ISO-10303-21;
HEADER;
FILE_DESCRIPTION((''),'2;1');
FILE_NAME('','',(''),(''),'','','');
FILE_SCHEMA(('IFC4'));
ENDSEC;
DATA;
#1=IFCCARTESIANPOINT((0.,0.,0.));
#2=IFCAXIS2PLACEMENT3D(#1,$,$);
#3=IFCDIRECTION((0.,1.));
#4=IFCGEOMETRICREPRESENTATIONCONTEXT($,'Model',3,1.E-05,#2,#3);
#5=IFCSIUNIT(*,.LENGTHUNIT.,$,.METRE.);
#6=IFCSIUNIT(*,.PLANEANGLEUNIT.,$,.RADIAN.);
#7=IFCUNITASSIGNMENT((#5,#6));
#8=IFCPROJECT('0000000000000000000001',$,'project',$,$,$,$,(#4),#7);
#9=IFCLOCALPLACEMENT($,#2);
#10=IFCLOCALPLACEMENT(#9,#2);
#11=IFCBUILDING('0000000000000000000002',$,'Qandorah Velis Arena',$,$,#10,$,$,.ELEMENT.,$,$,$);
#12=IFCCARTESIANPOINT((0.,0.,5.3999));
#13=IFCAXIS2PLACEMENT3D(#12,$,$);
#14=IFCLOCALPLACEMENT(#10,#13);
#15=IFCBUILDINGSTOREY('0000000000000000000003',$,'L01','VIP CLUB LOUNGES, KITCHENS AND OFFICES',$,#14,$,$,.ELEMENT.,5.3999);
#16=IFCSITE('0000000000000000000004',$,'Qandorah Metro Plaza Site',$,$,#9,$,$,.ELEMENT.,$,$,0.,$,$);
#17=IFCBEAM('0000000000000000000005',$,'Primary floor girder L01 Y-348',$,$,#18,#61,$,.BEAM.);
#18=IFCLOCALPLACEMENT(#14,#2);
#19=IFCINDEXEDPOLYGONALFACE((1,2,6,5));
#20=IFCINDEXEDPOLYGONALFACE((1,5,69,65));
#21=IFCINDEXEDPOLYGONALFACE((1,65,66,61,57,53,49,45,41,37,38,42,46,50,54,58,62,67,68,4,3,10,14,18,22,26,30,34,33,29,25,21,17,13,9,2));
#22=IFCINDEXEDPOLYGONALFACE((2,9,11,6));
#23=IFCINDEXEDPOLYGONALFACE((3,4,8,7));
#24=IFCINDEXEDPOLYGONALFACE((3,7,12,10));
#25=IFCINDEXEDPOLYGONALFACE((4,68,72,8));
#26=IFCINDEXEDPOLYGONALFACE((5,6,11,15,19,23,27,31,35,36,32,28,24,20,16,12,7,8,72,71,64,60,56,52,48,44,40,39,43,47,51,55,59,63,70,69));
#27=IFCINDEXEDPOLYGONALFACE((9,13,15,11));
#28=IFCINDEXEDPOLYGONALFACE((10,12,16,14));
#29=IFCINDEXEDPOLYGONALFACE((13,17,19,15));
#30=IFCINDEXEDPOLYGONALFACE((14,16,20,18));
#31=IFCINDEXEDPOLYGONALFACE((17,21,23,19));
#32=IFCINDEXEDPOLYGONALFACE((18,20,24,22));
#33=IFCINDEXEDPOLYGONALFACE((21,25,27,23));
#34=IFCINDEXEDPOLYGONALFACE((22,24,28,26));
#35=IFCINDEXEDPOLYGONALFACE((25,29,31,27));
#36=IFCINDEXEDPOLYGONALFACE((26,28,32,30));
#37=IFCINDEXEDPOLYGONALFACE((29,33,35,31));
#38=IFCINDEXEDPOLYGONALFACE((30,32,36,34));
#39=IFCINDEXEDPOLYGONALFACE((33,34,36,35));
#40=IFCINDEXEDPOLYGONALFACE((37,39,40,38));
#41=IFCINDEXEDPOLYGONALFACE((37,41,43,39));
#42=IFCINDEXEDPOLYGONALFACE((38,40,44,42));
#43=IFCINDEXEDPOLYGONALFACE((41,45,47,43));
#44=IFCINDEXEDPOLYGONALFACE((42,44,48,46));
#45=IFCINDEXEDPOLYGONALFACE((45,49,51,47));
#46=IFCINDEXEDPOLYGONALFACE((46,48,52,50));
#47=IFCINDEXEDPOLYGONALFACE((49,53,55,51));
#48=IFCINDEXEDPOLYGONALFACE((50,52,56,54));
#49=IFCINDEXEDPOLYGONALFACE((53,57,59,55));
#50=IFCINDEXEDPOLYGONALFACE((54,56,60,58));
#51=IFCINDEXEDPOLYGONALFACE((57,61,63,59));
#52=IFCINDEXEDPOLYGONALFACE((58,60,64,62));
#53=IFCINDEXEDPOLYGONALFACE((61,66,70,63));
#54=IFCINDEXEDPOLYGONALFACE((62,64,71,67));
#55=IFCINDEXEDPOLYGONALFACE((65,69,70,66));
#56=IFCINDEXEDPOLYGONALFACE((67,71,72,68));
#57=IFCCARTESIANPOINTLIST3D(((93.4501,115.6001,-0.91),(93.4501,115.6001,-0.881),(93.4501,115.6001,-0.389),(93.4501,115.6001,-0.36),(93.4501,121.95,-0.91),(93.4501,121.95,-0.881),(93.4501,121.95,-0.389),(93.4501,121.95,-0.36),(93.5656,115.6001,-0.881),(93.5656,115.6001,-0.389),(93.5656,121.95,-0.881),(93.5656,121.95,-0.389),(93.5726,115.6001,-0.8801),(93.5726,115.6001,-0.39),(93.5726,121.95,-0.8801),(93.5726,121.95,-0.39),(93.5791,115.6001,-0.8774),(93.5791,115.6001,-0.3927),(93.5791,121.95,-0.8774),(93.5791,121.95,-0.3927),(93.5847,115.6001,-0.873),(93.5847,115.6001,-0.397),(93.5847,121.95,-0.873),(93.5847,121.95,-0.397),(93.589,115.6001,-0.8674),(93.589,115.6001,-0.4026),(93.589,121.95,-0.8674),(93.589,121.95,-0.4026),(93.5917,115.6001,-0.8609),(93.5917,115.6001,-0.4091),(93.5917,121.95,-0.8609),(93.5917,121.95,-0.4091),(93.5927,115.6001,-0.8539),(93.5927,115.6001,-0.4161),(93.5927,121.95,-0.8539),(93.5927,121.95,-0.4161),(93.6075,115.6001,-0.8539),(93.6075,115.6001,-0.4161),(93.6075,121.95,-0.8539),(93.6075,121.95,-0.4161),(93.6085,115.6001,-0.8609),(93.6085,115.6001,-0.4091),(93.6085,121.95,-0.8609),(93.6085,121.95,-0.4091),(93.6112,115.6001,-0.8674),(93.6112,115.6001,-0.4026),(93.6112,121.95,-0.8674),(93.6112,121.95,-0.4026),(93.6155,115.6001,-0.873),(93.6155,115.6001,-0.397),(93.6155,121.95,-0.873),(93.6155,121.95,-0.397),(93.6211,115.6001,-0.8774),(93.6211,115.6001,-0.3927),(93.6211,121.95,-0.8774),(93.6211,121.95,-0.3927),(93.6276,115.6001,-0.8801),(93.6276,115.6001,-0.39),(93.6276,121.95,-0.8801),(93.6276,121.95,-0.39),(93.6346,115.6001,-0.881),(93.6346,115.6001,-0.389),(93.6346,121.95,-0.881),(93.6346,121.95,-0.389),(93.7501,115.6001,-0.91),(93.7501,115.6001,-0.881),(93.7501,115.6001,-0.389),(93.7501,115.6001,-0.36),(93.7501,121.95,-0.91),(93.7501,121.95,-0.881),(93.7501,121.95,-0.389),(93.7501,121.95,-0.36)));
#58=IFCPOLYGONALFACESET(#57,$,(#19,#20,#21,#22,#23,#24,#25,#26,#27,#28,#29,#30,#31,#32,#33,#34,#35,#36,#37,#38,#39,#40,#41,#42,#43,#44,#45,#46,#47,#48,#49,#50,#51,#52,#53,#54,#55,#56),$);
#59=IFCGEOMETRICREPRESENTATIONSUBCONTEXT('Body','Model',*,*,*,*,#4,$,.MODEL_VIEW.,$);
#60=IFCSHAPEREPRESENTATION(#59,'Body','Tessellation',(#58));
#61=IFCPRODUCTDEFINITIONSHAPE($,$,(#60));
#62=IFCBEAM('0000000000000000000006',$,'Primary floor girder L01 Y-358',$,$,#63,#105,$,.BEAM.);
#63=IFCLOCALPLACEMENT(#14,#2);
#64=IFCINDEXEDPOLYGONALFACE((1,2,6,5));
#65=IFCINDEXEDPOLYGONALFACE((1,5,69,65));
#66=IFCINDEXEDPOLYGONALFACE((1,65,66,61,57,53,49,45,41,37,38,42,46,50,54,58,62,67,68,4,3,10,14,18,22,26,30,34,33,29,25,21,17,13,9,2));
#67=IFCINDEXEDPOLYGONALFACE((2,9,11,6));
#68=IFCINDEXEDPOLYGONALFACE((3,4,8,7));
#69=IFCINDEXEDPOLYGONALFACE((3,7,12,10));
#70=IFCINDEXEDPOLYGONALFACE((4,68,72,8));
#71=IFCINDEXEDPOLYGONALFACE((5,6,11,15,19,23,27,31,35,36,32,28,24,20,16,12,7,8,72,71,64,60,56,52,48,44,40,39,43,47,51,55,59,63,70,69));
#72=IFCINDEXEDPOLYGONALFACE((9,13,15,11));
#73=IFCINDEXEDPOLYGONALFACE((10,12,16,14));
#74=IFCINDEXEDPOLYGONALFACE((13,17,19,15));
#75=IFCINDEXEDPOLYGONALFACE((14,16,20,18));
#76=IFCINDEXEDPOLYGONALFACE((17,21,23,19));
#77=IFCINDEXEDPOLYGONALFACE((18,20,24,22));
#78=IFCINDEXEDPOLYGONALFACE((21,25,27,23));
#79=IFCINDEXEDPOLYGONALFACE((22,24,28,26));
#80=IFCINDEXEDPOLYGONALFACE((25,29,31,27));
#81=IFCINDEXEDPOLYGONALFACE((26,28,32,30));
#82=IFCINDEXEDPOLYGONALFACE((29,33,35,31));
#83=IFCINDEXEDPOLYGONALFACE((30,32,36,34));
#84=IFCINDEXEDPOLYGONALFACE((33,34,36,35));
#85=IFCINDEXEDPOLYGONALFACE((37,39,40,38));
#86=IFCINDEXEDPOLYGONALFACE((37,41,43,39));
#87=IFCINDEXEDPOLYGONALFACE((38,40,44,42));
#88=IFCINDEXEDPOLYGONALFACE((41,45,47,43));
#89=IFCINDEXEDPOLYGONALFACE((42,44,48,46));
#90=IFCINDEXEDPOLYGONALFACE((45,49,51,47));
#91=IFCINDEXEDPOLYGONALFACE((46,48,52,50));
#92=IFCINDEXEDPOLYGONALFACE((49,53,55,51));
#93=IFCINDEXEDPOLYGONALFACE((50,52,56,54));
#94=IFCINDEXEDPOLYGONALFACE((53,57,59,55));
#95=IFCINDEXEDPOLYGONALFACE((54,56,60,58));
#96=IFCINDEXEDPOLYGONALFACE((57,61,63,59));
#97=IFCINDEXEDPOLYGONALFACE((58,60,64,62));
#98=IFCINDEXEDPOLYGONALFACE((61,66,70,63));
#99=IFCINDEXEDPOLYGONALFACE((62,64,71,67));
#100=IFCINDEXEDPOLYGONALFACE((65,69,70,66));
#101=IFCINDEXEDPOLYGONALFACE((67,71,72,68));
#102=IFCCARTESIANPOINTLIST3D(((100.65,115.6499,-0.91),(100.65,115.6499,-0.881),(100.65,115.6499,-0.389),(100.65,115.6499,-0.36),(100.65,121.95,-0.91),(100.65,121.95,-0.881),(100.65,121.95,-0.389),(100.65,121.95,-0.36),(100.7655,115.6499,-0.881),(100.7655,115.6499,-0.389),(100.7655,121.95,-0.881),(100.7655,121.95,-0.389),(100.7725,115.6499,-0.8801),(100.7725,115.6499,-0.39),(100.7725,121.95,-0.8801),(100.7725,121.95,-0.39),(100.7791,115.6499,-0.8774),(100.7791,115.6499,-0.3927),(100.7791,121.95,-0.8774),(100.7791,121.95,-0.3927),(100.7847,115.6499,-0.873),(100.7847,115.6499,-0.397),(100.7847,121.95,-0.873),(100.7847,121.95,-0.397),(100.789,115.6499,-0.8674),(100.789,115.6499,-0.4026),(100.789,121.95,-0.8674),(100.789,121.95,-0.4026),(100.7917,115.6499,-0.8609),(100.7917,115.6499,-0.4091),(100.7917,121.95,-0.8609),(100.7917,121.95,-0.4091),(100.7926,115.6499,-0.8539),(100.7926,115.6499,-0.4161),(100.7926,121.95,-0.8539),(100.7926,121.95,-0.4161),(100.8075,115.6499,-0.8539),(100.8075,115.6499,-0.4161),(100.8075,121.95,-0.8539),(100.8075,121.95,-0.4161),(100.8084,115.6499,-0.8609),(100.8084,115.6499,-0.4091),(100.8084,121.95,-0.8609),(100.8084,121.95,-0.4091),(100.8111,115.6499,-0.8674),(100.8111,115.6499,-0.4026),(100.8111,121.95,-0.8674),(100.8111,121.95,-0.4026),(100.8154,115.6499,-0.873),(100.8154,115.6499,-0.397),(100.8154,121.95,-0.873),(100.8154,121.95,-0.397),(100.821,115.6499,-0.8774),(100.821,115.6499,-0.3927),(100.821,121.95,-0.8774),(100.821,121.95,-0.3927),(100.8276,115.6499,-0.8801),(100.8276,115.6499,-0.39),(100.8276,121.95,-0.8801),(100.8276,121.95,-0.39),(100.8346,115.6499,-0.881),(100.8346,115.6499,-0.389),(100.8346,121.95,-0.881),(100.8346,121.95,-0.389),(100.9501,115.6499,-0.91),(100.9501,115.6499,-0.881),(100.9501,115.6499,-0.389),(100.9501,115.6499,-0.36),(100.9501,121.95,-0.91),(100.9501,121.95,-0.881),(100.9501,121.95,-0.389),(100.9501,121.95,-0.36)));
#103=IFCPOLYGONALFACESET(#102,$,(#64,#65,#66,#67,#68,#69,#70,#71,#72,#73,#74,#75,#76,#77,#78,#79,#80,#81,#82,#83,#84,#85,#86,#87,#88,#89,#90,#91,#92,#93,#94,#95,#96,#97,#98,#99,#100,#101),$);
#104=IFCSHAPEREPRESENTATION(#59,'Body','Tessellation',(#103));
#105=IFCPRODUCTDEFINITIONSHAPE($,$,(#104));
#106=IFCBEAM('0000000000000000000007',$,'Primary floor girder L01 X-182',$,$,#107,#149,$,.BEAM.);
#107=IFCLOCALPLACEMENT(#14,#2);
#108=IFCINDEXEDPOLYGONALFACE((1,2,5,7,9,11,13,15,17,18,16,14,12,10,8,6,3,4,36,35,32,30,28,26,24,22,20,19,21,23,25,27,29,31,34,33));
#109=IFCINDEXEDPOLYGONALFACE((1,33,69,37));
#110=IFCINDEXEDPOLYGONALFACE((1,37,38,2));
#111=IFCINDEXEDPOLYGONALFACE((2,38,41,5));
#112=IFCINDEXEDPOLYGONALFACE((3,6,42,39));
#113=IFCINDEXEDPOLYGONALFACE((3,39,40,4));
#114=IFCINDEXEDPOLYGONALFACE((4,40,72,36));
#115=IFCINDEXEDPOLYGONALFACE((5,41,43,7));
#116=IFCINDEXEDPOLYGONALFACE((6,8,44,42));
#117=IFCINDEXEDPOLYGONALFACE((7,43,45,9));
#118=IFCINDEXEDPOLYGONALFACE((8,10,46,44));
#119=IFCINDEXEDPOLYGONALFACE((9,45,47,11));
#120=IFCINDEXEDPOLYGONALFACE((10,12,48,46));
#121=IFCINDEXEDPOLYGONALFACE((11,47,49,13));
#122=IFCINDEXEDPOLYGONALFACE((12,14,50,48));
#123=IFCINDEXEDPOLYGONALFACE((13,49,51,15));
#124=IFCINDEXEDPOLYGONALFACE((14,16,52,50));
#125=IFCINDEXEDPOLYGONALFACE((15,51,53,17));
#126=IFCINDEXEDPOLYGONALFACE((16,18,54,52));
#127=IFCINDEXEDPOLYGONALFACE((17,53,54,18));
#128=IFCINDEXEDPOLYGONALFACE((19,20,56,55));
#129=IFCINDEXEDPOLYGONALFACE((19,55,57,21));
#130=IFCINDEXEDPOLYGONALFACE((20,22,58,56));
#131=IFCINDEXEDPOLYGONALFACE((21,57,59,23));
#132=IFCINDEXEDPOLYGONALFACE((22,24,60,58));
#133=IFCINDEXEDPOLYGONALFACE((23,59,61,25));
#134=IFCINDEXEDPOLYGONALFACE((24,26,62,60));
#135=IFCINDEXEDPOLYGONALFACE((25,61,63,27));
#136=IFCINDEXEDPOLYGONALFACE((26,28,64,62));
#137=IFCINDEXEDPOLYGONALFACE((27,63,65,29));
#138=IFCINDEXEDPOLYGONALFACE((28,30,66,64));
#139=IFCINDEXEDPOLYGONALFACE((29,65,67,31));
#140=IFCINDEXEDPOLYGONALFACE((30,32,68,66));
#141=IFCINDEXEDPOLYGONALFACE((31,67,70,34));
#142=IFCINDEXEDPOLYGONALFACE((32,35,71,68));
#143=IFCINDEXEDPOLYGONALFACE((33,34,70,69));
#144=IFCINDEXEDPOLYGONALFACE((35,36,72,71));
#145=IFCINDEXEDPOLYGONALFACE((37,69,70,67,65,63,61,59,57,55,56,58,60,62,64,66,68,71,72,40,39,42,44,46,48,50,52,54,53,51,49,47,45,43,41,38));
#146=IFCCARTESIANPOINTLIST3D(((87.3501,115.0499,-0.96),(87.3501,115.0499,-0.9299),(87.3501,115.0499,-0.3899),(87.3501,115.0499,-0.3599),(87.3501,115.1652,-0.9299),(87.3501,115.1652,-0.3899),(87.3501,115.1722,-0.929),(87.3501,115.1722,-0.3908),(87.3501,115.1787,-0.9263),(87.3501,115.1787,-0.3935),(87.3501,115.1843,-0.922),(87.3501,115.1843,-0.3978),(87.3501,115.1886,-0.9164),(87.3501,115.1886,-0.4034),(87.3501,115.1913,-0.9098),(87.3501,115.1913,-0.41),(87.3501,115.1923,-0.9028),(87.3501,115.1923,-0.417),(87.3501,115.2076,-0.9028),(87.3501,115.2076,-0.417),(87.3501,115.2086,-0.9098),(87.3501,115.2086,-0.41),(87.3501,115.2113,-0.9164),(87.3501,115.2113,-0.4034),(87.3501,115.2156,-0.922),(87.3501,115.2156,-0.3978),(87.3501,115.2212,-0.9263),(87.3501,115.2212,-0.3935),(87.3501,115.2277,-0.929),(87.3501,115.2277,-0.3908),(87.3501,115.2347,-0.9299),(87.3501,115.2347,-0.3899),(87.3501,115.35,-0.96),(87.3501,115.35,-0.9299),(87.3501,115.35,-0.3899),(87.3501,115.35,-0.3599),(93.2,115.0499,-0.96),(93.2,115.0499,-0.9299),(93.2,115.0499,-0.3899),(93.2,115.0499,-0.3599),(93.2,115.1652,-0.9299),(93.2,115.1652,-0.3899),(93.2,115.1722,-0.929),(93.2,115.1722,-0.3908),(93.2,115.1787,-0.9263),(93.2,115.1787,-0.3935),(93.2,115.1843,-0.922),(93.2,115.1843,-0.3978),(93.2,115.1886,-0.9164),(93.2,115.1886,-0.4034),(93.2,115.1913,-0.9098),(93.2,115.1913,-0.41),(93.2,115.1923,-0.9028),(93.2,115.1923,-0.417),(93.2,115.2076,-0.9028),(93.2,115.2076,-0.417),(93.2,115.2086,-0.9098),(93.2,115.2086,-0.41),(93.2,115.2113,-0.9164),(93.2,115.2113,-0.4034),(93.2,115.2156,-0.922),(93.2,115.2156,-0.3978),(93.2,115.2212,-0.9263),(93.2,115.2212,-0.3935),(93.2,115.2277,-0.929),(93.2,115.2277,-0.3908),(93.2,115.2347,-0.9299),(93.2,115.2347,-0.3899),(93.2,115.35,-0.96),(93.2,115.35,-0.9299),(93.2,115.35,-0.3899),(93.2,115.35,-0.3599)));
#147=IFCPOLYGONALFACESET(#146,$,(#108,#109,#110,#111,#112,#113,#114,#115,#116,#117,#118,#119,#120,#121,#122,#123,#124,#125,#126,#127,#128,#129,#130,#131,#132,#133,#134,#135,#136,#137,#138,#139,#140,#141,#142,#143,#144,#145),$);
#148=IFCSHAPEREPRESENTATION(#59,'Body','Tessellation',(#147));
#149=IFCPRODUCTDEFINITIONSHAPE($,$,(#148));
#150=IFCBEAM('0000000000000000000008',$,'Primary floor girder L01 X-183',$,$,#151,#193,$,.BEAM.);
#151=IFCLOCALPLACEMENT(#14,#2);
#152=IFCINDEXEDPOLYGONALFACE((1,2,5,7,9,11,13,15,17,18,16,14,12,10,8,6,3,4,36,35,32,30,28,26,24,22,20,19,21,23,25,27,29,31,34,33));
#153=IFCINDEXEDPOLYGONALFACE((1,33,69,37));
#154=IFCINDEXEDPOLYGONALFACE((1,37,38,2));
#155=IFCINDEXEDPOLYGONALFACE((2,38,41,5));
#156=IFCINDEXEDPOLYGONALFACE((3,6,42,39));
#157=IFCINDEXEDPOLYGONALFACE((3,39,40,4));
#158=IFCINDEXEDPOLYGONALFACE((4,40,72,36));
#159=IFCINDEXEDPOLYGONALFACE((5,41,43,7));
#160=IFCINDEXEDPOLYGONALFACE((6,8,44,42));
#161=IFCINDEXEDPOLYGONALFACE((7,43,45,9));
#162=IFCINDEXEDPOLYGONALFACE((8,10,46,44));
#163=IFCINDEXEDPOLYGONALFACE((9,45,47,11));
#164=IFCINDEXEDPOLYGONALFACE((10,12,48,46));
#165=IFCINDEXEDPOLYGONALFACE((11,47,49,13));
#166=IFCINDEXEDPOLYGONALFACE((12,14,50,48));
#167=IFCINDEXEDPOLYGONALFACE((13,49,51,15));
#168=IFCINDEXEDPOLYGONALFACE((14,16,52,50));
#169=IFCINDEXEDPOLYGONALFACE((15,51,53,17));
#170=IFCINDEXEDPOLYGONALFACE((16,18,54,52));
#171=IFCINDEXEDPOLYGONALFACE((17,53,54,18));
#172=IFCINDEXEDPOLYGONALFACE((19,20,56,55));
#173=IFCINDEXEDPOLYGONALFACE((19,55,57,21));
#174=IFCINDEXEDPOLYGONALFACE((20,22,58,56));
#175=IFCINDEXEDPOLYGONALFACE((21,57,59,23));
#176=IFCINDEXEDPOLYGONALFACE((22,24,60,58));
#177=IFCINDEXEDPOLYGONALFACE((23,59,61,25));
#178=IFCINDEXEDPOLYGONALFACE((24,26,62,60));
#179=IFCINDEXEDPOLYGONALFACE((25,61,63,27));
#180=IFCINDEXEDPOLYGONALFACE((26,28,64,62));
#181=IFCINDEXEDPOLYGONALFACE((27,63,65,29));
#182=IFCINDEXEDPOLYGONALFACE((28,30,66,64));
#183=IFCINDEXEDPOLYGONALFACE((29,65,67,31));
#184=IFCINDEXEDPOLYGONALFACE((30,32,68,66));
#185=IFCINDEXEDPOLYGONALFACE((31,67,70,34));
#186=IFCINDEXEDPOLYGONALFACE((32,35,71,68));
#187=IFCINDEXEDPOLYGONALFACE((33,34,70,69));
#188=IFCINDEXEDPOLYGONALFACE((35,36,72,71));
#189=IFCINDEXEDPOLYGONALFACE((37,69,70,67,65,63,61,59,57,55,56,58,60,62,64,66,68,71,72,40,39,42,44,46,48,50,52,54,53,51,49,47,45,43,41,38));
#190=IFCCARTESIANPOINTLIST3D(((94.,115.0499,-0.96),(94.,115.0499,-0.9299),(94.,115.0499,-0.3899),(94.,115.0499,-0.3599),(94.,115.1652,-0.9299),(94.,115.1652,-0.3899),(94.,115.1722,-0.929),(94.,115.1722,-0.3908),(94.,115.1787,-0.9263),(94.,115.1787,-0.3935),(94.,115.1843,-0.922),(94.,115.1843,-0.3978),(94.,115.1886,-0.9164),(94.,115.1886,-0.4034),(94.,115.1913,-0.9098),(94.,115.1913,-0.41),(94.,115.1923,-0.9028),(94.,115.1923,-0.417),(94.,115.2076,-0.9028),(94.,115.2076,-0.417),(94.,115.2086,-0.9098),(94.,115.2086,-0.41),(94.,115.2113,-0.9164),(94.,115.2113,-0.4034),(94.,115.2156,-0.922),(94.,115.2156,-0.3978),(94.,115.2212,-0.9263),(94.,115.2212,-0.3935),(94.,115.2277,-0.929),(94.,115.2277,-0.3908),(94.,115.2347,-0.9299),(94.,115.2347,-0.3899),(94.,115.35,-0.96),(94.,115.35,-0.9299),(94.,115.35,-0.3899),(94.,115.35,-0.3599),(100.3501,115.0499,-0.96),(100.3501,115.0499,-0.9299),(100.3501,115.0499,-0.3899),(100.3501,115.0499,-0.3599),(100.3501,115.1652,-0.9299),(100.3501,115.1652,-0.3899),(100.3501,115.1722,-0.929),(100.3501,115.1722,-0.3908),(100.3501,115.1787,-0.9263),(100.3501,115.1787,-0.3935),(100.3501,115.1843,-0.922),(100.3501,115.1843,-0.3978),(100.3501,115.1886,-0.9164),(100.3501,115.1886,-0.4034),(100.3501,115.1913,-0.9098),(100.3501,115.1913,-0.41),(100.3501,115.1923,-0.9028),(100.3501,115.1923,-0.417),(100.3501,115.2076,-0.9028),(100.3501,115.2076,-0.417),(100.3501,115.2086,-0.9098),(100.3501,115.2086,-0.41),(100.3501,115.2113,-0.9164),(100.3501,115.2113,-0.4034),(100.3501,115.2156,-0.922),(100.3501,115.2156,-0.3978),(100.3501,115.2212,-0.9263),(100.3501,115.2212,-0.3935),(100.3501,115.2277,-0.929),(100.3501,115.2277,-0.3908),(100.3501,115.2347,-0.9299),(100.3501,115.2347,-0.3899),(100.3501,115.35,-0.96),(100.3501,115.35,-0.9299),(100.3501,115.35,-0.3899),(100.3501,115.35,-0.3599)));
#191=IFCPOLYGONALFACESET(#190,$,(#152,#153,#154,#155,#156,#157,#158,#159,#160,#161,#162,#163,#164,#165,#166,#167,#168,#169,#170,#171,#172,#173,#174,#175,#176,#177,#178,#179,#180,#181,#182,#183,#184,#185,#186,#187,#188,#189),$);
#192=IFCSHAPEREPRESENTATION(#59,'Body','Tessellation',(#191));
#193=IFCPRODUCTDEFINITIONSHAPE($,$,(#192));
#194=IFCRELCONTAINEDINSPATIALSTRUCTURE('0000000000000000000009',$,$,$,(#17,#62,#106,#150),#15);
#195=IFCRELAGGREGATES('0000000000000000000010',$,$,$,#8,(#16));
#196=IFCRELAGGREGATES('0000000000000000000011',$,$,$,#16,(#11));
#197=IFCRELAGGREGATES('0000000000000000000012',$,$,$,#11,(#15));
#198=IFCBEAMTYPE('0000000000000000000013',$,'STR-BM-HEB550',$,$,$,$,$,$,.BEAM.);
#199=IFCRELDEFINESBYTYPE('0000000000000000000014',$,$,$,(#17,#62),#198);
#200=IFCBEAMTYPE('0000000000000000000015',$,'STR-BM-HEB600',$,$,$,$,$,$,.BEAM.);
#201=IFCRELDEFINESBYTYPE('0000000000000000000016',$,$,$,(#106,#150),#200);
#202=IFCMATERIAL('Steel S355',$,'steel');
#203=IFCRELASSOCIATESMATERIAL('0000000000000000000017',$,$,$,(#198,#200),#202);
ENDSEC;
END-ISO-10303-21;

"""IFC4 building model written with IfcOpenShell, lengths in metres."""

from ifc_helpers import new_model, si_unit, direction, frame, origin, origin_2d, place, context, subcontext, project, spatial, i_section, extrude, material, material_profile, profile_set, type_object, element, save


model = new_model("IFC4")

# Units and contexts
model_context = context("Model", 3, precision=1e-05, world=origin(), true_north=direction((0.0, 1.0)))
body_context = subcontext(model_context, "Body", "Model", "MODEL_VIEW")
ifc_project = project(units=[si_unit("LENGTHUNIT", "METRE"), si_unit("PLANEANGLEUNIT", "RADIAN")], contexts=[model_context])

# Site, building, storey
site_placement = place(None, origin())
site = spatial("IfcSite", under=ifc_project, at=site_placement, Name="Qandorah Metro Plaza Site", CompositionType="ELEMENT", RefElevation=0.0)
building_placement = place(site_placement, origin())
building = spatial("IfcBuilding", under=site, at=building_placement, Name="Qandorah Velis Arena", CompositionType="ELEMENT")
storey_placement = place(building_placement, frame((0.0, 0.0, 5.3999)))
storey = spatial("IfcBuildingStorey", under=building, at=storey_placement, Name="L01", Description="VIP CLUB LOUNGES, KITCHENS AND OFFICES", CompositionType="ELEMENT", Elevation=5.3999)

# Beams
ifc_material_1 = material(Name="Steel S355", Category="steel")
ifc_material_profile_1 = material_profile(ifc_material_1, i_section(OverallWidth=0.3, OverallDepth=0.55, WebThickness=0.0149, FlangeThickness=0.0291, FilletRadius=0.0271, at=origin_2d()), Name="HEB 550")
ifc_profile_set_1 = profile_set([ifc_material_profile_1], Name="Steel S355")
beam_type_1 = type_object("IfcBeamType", Name="STR-BM-HEB550", PredefinedType="BEAM", material=ifc_profile_set_1)
beam_1_placement = place(storey_placement, frame((93.6001, 115.6001, -0.635), z_axis=(0.0, 1.0, 0.0), x_axis=(-1.0, 0.0, 0.0)))
element("IfcBeam", 1, at=beam_1_placement, inside=storey, type_object=beam_type_1, Name="Primary floor girder L01 Y-348", PredefinedType="BEAM", context=body_context, shape_type="SweptSolid", body=[
    extrude(i_section(OverallWidth=0.3, OverallDepth=0.55, WebThickness=0.0149, FlangeThickness=0.0291, FilletRadius=0.0271, at=origin_2d()), origin(), (0.0, 0.0, 1.0), 6.3499),
])
beam_2_placement = place(storey_placement, frame((100.8, 115.6499, -0.635), z_axis=(0.0, 1.0, 0.0), x_axis=(-1.0, 0.0, 0.0)))
element("IfcBeam", 2, at=beam_2_placement, inside=storey, type_object=beam_type_1, Name="Primary floor girder L01 Y-358", PredefinedType="BEAM", context=body_context, shape_type="SweptSolid", body=[
    extrude(i_section(OverallWidth=0.3, OverallDepth=0.55, WebThickness=0.0149, FlangeThickness=0.0291, FilletRadius=0.0271, at=origin_2d()), origin(), (0.0, 0.0, 1.0), 6.3),
])
ifc_material_profile_2 = material_profile(ifc_material_1, i_section(OverallWidth=0.3, OverallDepth=0.6001, WebThickness=0.0154, FlangeThickness=0.03, FilletRadius=0.0271, at=origin_2d()), Name="HEB 600")
ifc_profile_set_2 = profile_set([ifc_material_profile_2], Name="Steel S355")
beam_type_2 = type_object("IfcBeamType", Name="STR-BM-HEB600", PredefinedType="BEAM", material=ifc_profile_set_2)
beam_3_placement = place(storey_placement, frame((87.3501, 115.2, -0.6599), z_axis=(1.0, 0.0, 0.0), x_axis=(0.0, 1.0, 0.0)))
element("IfcBeam", 3, at=beam_3_placement, inside=storey, type_object=beam_type_2, Name="Primary floor girder L01 X-182", PredefinedType="BEAM", context=body_context, shape_type="SweptSolid", body=[
    extrude(i_section(OverallWidth=0.3, OverallDepth=0.6001, WebThickness=0.0154, FlangeThickness=0.03, FilletRadius=0.0271, at=origin_2d()), origin(), (0.0, 0.0, 1.0), 5.8499),
])
beam_4_placement = place(storey_placement, frame((94.0, 115.2, -0.6599), z_axis=(1.0, 0.0, 0.0), x_axis=(0.0, 1.0, 0.0)))
element("IfcBeam", 4, at=beam_4_placement, inside=storey, type_object=beam_type_2, Name="Primary floor girder L01 X-183", PredefinedType="BEAM", context=body_context, shape_type="SweptSolid", body=[
    extrude(i_section(OverallWidth=0.3, OverallDepth=0.6001, WebThickness=0.0154, FlangeThickness=0.03, FilletRadius=0.0271, at=origin_2d()), origin(), (0.0, 0.0, 1.0), 6.3501),
])

save(model, "model.ifc")
